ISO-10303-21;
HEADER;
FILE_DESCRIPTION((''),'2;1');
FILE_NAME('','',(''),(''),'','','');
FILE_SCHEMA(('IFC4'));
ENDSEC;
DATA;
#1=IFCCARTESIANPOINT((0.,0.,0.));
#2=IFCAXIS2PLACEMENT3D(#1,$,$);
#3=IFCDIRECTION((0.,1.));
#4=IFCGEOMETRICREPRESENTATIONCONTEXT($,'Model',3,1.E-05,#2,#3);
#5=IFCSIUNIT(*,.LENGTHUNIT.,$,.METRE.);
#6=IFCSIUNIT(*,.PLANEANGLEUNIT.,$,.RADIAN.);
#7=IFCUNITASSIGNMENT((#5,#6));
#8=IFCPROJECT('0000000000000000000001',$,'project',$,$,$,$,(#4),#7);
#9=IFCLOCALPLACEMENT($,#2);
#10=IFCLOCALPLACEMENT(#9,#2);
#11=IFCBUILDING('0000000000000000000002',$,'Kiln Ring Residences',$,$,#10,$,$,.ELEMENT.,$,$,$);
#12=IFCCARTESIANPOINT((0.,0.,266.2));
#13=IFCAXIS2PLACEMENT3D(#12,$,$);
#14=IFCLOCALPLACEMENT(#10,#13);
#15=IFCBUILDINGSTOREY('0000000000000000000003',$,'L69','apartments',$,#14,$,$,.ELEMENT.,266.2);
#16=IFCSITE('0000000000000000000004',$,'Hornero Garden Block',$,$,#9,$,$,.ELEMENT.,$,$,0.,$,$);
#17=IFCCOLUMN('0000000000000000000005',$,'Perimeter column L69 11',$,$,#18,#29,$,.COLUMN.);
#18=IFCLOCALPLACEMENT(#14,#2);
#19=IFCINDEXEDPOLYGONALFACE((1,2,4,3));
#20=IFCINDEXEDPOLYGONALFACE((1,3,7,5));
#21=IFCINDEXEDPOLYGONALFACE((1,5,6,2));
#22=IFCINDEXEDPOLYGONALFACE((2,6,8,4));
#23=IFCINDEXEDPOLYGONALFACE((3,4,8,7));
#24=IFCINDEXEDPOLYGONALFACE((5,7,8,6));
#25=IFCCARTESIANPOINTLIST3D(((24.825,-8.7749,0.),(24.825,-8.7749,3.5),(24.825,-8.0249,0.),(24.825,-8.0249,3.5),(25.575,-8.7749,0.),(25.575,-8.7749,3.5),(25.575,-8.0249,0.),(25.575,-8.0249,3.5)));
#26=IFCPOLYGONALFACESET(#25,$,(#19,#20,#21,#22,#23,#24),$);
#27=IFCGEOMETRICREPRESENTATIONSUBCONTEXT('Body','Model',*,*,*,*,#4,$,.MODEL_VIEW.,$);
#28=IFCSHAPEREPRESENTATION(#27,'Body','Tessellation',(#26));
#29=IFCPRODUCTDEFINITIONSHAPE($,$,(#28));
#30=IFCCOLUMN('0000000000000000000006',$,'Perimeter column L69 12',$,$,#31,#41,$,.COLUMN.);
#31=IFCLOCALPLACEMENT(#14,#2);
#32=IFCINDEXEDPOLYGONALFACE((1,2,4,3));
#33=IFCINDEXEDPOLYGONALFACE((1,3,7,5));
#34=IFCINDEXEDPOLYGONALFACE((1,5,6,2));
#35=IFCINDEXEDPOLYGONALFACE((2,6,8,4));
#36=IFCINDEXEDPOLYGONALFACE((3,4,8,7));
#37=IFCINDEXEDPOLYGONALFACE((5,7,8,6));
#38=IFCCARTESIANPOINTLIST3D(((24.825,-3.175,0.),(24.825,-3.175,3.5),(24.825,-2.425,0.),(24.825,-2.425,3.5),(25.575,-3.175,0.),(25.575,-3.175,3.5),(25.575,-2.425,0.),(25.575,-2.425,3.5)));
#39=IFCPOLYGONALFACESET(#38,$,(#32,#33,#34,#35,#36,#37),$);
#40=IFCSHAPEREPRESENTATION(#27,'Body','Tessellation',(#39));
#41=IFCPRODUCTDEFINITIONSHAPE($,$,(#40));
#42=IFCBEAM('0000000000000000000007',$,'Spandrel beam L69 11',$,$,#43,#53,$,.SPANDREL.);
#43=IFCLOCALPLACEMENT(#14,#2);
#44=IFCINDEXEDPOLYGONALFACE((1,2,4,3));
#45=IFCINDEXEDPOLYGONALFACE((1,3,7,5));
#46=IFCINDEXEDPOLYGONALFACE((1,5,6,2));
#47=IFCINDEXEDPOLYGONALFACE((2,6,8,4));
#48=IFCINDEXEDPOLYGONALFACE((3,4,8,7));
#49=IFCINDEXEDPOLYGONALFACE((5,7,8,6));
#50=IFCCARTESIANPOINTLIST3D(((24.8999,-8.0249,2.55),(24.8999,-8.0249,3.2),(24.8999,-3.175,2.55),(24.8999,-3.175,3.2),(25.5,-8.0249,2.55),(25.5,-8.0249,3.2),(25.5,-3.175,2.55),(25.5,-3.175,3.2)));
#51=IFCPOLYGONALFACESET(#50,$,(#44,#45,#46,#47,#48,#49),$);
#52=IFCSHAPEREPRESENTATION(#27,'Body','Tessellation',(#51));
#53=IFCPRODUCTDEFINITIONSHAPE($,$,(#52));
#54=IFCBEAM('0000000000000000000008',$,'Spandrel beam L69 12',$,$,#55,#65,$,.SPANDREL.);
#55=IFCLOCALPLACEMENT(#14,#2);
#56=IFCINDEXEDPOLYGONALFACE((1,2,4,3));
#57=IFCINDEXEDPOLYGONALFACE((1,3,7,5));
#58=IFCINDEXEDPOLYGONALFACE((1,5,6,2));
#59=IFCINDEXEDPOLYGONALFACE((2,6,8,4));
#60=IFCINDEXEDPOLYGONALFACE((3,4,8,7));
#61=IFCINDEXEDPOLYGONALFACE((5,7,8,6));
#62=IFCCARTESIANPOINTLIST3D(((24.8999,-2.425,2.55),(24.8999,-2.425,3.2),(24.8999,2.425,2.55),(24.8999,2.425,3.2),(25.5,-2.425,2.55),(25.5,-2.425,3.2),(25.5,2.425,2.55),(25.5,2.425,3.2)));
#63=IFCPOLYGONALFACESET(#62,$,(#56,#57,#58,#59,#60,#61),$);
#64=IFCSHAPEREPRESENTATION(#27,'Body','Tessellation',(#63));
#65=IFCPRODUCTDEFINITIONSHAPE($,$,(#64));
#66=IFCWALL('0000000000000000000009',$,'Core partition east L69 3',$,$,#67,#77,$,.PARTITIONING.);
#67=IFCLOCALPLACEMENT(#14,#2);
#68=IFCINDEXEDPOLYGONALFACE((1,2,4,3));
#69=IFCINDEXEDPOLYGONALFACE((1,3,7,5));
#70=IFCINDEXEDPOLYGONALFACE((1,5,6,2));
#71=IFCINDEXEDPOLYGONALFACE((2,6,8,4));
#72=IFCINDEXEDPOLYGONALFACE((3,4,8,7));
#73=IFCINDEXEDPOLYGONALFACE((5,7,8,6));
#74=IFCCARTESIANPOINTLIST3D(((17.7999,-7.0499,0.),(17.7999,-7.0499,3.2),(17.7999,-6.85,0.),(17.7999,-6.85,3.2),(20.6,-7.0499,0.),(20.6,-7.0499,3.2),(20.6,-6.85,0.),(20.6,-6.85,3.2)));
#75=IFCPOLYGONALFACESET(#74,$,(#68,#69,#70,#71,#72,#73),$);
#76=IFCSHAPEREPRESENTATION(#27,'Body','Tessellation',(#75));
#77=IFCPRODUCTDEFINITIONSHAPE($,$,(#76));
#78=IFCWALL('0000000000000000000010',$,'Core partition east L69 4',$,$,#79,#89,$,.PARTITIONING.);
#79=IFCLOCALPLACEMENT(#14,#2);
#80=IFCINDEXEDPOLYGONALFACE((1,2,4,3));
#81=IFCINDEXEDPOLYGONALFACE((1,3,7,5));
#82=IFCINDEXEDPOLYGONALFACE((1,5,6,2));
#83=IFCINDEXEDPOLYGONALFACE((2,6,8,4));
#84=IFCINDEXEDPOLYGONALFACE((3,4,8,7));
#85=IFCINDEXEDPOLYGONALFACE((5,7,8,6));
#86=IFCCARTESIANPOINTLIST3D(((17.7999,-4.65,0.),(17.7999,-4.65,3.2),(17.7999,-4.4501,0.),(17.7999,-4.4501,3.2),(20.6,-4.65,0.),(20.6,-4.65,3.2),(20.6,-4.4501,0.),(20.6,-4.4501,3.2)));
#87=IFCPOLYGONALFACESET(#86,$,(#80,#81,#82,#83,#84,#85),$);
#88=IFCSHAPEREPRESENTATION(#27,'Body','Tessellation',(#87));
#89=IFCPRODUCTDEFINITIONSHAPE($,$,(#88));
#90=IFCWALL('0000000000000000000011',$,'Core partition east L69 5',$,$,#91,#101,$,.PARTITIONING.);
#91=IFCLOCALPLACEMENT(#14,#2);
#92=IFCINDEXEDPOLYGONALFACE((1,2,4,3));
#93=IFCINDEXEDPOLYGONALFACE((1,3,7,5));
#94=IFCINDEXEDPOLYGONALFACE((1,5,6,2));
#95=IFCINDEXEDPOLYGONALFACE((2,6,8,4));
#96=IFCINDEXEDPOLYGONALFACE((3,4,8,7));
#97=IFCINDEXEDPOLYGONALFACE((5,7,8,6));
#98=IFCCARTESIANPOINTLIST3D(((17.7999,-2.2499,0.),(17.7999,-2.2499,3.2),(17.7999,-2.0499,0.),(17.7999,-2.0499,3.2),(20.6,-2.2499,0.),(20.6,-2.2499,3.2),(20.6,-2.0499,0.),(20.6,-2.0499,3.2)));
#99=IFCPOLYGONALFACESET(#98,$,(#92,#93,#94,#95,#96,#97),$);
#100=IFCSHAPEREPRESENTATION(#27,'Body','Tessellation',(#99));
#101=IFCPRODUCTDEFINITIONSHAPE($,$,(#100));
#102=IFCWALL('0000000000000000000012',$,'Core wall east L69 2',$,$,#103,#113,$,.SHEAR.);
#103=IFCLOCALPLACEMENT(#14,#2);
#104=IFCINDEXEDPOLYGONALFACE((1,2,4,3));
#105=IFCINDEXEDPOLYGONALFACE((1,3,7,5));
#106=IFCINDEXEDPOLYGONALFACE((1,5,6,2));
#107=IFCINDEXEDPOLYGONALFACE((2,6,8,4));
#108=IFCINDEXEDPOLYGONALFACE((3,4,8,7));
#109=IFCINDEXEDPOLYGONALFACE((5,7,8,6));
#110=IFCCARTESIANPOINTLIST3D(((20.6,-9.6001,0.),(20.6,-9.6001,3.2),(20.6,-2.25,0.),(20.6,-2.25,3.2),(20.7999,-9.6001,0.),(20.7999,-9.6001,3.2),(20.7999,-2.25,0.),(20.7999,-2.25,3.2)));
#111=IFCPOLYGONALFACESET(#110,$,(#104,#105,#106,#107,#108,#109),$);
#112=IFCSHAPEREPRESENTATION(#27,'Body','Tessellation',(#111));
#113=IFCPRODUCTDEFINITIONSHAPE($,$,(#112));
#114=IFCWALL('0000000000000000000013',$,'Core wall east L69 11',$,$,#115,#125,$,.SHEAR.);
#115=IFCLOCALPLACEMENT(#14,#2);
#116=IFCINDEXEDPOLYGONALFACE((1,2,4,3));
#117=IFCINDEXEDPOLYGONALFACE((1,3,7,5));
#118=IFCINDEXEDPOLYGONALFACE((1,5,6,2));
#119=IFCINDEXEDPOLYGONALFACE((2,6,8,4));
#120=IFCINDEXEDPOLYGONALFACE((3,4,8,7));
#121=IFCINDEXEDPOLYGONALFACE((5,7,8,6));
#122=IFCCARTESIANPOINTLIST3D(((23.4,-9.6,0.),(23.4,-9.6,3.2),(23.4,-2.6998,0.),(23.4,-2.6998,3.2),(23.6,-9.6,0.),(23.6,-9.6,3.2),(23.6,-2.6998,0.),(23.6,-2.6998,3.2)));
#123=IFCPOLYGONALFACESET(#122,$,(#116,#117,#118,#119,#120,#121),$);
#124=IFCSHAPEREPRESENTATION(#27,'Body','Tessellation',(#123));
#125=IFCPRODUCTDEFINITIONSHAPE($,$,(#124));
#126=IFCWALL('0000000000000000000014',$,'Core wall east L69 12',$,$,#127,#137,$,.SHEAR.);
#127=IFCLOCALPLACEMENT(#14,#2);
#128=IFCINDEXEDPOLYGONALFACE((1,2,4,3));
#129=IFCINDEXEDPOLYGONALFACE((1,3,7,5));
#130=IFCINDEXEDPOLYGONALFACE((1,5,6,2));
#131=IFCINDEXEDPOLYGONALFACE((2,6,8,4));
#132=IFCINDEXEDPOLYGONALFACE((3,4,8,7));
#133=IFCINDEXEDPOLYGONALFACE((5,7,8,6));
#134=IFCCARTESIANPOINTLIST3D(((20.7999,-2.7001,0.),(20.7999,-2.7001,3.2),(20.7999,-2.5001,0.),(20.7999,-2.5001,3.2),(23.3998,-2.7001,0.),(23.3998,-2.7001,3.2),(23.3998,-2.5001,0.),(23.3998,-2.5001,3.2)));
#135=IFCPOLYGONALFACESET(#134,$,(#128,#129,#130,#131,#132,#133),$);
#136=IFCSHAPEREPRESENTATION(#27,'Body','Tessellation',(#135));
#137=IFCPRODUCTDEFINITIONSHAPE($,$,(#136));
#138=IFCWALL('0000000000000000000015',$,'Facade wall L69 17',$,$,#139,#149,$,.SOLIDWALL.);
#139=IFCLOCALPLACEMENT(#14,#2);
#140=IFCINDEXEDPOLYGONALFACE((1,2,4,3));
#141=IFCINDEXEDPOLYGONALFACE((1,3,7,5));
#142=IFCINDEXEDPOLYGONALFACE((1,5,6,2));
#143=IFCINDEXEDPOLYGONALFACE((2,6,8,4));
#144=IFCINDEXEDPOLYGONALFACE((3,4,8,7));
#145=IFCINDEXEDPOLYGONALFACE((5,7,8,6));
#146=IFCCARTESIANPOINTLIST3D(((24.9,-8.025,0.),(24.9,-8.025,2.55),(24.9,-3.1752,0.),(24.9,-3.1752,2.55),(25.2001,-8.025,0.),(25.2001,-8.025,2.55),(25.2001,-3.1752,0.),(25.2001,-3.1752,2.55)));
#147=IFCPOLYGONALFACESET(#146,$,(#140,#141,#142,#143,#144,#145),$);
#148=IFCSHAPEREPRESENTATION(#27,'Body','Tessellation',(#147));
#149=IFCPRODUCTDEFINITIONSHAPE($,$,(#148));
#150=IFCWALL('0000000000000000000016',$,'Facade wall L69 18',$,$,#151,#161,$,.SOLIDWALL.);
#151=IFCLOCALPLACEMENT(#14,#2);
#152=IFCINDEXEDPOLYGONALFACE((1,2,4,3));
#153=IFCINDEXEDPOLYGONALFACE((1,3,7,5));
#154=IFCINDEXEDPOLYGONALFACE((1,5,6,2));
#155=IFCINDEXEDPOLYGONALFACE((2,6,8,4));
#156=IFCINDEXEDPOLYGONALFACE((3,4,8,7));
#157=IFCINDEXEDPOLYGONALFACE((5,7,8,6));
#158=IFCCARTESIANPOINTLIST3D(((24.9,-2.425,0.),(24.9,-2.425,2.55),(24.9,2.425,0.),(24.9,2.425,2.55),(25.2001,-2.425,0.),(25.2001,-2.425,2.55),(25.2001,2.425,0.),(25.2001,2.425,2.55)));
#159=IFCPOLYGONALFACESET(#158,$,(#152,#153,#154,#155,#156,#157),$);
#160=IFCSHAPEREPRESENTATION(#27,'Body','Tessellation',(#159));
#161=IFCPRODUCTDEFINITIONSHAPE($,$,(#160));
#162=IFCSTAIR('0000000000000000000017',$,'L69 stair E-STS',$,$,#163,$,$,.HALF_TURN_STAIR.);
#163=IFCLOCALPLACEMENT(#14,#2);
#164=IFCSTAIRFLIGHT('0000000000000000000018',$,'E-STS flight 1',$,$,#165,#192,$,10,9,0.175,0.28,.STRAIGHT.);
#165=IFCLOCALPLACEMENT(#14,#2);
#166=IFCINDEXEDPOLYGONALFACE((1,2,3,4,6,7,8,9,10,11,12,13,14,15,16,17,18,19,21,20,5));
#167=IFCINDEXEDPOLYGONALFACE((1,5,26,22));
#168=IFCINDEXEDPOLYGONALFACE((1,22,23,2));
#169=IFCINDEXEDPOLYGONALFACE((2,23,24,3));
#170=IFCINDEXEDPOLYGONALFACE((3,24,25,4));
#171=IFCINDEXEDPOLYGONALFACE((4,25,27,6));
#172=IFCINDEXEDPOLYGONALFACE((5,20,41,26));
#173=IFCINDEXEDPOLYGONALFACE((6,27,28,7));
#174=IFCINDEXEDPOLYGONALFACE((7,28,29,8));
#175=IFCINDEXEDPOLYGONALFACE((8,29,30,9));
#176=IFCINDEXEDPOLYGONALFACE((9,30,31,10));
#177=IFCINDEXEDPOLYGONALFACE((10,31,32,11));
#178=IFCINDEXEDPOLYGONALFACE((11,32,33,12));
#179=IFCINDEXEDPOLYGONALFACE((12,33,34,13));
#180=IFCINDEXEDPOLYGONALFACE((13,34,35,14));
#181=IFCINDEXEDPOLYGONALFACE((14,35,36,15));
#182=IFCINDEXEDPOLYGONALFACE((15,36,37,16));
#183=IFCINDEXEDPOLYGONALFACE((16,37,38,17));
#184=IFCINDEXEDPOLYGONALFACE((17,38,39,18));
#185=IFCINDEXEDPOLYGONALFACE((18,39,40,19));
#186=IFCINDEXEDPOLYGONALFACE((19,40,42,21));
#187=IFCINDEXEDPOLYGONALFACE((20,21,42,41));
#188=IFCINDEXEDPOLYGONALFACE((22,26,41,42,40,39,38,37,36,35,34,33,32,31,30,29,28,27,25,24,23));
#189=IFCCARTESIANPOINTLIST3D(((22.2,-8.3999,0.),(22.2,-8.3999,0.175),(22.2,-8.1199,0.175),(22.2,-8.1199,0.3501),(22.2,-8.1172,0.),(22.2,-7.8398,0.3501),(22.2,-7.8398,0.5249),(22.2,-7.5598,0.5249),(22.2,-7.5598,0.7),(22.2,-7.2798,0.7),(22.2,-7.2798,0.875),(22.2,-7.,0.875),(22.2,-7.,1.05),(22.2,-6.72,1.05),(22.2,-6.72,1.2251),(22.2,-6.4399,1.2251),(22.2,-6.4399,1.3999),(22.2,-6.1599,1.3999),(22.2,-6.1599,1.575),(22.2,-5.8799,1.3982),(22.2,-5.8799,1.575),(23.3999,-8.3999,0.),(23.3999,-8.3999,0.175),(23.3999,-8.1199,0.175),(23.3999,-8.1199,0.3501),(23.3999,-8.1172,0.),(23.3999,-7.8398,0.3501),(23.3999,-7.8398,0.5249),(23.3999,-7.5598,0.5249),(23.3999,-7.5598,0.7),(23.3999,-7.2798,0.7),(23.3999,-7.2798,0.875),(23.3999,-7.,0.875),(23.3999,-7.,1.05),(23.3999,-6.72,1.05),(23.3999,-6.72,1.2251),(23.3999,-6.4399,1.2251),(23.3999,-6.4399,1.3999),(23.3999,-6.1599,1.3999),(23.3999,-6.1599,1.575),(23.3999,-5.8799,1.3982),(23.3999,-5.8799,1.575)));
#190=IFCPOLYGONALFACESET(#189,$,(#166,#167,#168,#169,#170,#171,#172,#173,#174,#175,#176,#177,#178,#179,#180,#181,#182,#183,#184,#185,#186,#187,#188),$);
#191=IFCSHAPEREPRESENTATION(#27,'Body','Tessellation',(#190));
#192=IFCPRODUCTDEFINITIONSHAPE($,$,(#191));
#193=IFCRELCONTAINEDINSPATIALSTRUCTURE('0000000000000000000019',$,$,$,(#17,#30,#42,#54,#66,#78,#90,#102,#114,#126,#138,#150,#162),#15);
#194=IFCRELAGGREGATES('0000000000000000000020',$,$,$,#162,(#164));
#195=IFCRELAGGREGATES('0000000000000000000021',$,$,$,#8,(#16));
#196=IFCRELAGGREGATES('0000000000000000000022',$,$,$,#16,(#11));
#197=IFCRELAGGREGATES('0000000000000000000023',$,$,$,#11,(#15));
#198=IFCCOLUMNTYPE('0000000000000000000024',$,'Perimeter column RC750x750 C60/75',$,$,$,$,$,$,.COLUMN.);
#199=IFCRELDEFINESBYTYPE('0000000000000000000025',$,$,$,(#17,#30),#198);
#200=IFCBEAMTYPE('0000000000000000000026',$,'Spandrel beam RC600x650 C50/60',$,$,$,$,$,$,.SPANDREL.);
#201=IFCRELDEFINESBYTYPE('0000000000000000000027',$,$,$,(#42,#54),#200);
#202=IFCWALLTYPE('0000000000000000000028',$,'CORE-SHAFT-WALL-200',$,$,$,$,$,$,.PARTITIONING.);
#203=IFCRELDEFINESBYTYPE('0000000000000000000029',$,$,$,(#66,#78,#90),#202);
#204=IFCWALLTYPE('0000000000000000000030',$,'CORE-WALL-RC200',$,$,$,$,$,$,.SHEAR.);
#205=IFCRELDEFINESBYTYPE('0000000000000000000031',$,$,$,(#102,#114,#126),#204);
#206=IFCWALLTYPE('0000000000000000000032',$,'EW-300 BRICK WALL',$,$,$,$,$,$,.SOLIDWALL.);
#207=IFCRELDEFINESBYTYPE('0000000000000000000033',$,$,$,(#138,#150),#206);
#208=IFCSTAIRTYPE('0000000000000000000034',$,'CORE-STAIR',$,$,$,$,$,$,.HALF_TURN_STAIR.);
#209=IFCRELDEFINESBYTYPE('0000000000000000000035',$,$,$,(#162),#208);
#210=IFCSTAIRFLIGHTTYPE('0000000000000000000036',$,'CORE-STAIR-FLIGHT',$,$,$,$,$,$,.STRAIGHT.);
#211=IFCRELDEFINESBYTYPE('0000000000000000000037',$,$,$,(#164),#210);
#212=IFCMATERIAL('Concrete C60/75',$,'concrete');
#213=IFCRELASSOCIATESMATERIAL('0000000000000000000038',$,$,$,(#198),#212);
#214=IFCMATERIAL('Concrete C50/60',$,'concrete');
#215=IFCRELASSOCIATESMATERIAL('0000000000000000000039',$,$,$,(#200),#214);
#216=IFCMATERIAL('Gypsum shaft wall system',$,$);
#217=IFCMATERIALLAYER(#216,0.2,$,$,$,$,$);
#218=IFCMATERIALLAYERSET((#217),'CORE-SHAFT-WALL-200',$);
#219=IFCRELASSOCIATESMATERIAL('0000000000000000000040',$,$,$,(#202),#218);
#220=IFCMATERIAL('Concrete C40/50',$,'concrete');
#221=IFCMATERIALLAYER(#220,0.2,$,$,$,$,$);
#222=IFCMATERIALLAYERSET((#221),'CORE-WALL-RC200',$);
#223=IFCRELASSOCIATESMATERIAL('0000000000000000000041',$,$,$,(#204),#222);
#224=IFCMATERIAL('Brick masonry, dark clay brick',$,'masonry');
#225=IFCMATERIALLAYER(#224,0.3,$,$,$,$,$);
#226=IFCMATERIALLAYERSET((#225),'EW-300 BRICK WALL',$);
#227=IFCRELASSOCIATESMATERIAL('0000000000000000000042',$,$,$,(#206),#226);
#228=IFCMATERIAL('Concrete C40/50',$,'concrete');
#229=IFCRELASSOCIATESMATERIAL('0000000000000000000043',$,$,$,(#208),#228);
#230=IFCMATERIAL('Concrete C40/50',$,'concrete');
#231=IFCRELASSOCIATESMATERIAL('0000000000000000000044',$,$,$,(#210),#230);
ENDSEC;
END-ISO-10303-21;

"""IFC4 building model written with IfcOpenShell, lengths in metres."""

from ifc_helpers import new_model, si_unit, direction, frame, frame_2d, origin, origin_2d, place, context, subcontext, project, spatial, polyline, rectangle, outline, extrude, material, layer, layer_set, material_profile, profile_set, type_object, element, aggregate, save


model = new_model("IFC4")

# Units and contexts
model_context = context("Model", 3, precision=1e-05, world=origin(), true_north=direction((0.0, 1.0)))
body_context = subcontext(model_context, "Body", "Model", "MODEL_VIEW")
ifc_project = project(units=[si_unit("LENGTHUNIT", "METRE"), si_unit("PLANEANGLEUNIT", "RADIAN")], contexts=[model_context])

# Site, building, storey
site_placement = place(None, origin())
site = spatial("IfcSite", under=ifc_project, at=site_placement, Name="Hornero Garden Block", CompositionType="ELEMENT", RefElevation=0.0)
building_placement = place(site_placement, origin())
building = spatial("IfcBuilding", under=site, at=building_placement, Name="Kiln Ring Residences", CompositionType="ELEMENT")
storey_placement = place(building_placement, frame((0.0, 0.0, 266.2)))
storey = spatial("IfcBuildingStorey", under=building, at=storey_placement, Name="L69", Description="apartments", CompositionType="ELEMENT", Elevation=266.2)

# Columns
ifc_material_1 = material(Name="Concrete C60/75", Category="concrete")
ifc_material_profile_1 = material_profile(ifc_material_1, rectangle(XDim=0.75, YDim=0.75, at=origin_2d()), Name="RC750x750")
ifc_profile_set_1 = profile_set([ifc_material_profile_1], Name="Concrete C60/75")
column_type = type_object("IfcColumnType", Name="Perimeter column RC750x750 C60/75", PredefinedType="COLUMN", material=ifc_profile_set_1)
for number, where, z_axis, x_axis, name in (
    (1, (25.2, -8.3999, 0.0), (0.0, 0.0, 1.0), (1.0, 0.0, 0.0), "Perimeter column L69 11"),
    (2, (25.2, -2.8, 0.0), (0.0, 0.0, 1.0), (1.0, 0.0, 0.0), "Perimeter column L69 12"),
):
    element("IfcColumn", number, at=place(storey_placement, frame(where, z_axis=z_axis, x_axis=x_axis)), inside=storey, type_object=column_type, Name=name, PredefinedType="COLUMN", context=body_context, shape_type="SweptSolid", body=[
        extrude(rectangle(XDim=0.75, YDim=0.75, at=origin_2d()), origin(), (0.0, 0.0, 1.0), 3.5),
    ])

# Beams
ifc_material_2 = material(Name="Concrete C50/60", Category="concrete")
ifc_material_profile_2 = material_profile(ifc_material_2, rectangle(XDim=0.6001, YDim=0.6499, at=origin_2d()), Name="RC600x650")
ifc_profile_set_2 = profile_set([ifc_material_profile_2], Name="Concrete C50/60")
beam_type = type_object("IfcBeamType", Name="Spandrel beam RC600x650 C50/60", PredefinedType="SPANDREL", material=ifc_profile_set_2)
beam_1_placement = place(storey_placement, frame((25.2, -8.0249, 2.875), z_axis=(0.0, 1.0, 0.0), x_axis=(-1.0, 0.0, 0.0)))
element("IfcBeam", 3, at=beam_1_placement, inside=storey, type_object=beam_type, Name="Spandrel beam L69 11", PredefinedType="SPANDREL", context=body_context, shape_type="SweptSolid", body=[
    extrude(rectangle(XDim=0.6001, YDim=0.6499, at=origin_2d()), origin(), (0.0, 0.0, 1.0), 4.8499),
])
beam_2_placement = place(storey_placement, frame((25.2, -2.425, 2.875), z_axis=(0.0, 1.0, 0.0), x_axis=(-1.0, 0.0, 0.0)))
element("IfcBeam", 4, at=beam_2_placement, inside=storey, type_object=beam_type, Name="Spandrel beam L69 12", PredefinedType="SPANDREL", context=body_context, shape_type="SweptSolid", body=[
    extrude(rectangle(XDim=0.6001, YDim=0.6499, at=origin_2d()), origin(), (0.0, 0.0, 1.0), 4.8501),
])

# Walls
ifc_material_3 = material(Name="Gypsum shaft wall system")
ifc_layer_1 = layer(ifc_material_3, 0.2)
ifc_layer_set_1 = layer_set([ifc_layer_1], Name="CORE-SHAFT-WALL-200")
wall_type_1 = type_object("IfcWallType", Name="CORE-SHAFT-WALL-200", PredefinedType="PARTITIONING", material=ifc_layer_set_1)
for number, where, z_axis, x_axis, name in (
    (5, (17.8, -6.95, 0.0), (0.0, 0.0, 1.0), (1.0, 0.0, 0.0), "Core partition east L69 3"),
    (6, (17.8, -4.55, 0.0), (0.0, 0.0, 1.0), (1.0, 0.0, 0.0), "Core partition east L69 4"),
    (7, (17.8, -2.1499, 0.0), (0.0, 0.0, 1.0), (1.0, 0.0, 0.0), "Core partition east L69 5"),
):
    element("IfcWall", number, at=place(storey_placement, frame(where, z_axis=z_axis, x_axis=x_axis)), inside=storey, type_object=wall_type_1, Name=name, PredefinedType="PARTITIONING", context=body_context, shape_type="SweptSolid", body=[
        extrude(rectangle(XDim=2.8, YDim=0.2, at=frame_2d((1.3999, 0.0))), origin(), (0.0, 0.0, 1.0), 3.2),
    ])
ifc_material_4 = material(Name="Concrete C40/50", Category="concrete")
ifc_layer_2 = layer(ifc_material_4, 0.2)
ifc_layer_set_2 = layer_set([ifc_layer_2], Name="CORE-WALL-RC200")
wall_type_2 = type_object("IfcWallType", Name="CORE-WALL-RC200", PredefinedType="SHEAR", material=ifc_layer_set_2)
wall_1_placement = place(storey_placement, frame((20.7, -9.6001, 0.0), z_axis=(0.0, 0.0, 1.0), x_axis=(0.0, 1.0, 0.0)))
element("IfcWall", 8, at=wall_1_placement, inside=storey, type_object=wall_type_2, Name="Core wall east L69 2", PredefinedType="SHEAR", context=body_context, shape_type="SweptSolid", body=[
    extrude(rectangle(XDim=7.3501, YDim=0.2, at=frame_2d((3.675, 0.0))), origin(), (0.0, 0.0, 1.0), 3.2),
])
wall_2_placement = place(storey_placement, frame((23.5, -9.6001, 0.0), z_axis=(0.0, 0.0, 1.0), x_axis=(0.0, 1.0, 0.0)))
element("IfcWall", 9, at=wall_2_placement, inside=storey, type_object=wall_type_2, Name="Core wall east L69 11", PredefinedType="SHEAR", context=body_context, shape_type="SweptSolid", body=[
    extrude(rectangle(XDim=6.9001, YDim=0.2, at=frame_2d((3.4502, 0.0))), origin(), (0.0, 0.0, 1.0), 3.2),
])
wall_3_placement = place(storey_placement, frame((20.8, -2.6001, 0.0), z_axis=(0.0, 0.0, 1.0), x_axis=(1.0, 0.0, 0.0)))
element("IfcWall", 10, at=wall_3_placement, inside=storey, type_object=wall_type_2, Name="Core wall east L69 12", PredefinedType="SHEAR", context=body_context, shape_type="SweptSolid", body=[
    extrude(rectangle(XDim=2.5999, YDim=0.2, at=frame_2d((1.2998, 0.0))), origin(), (0.0, 0.0, 1.0), 3.2),
])
ifc_material_5 = material(Name="Brick masonry, dark clay brick", Category="masonry")
ifc_layer_3 = layer(ifc_material_5, 0.3)
ifc_layer_set_3 = layer_set([ifc_layer_3], Name="EW-300 BRICK WALL")
wall_type_3 = type_object("IfcWallType", Name="EW-300 BRICK WALL", PredefinedType="SOLIDWALL", material=ifc_layer_set_3)
wall_4_placement = place(storey_placement, frame((25.05, -8.0249, 0.0), z_axis=(0.0, 0.0, 1.0), x_axis=(0.0, 1.0, 0.0)))
element("IfcWall", 11, at=wall_4_placement, inside=storey, type_object=wall_type_3, Name="Facade wall L69 17", PredefinedType="SOLIDWALL", context=body_context, shape_type="SweptSolid", body=[
    extrude(rectangle(XDim=4.8499, YDim=0.3, at=frame_2d((2.4248, 0.0))), origin(), (0.0, 0.0, 1.0), 2.55),
])
wall_5_placement = place(storey_placement, frame((25.05, -2.425, 0.0), z_axis=(0.0, 0.0, 1.0), x_axis=(0.0, 1.0, 0.0)))
element("IfcWall", 12, at=wall_5_placement, inside=storey, type_object=wall_type_3, Name="Facade wall L69 18", PredefinedType="SOLIDWALL", context=body_context, shape_type="SweptSolid", body=[
    extrude(rectangle(XDim=4.8501, YDim=0.3, at=frame_2d((2.425, 0.0))), origin(), (0.0, 0.0, 1.0), 2.55),
])

# Stair, stair flight
ifc_material_6 = material(Name="Concrete C40/50", Category="concrete")
stair_type = type_object("IfcStairType", Name="CORE-STAIR", PredefinedType="HALF_TURN_STAIR", material=ifc_material_6)
stair_placement = place(storey_placement, origin())
stair = element("IfcStair", 13, at=stair_placement, inside=storey, type_object=stair_type, Name="L69 stair E-STS", PredefinedType="HALF_TURN_STAIR")
ifc_material_7 = material(Name="Concrete C40/50", Category="concrete")
stair_flight_type = type_object("IfcStairFlightType", Name="CORE-STAIR-FLIGHT", PredefinedType="STRAIGHT", material=ifc_material_7)
stair_flight_1_placement = place(storey_placement, frame((22.8, -8.3999, 0.0), z_axis=(0.0, 0.0, 1.0), x_axis=(0.0, 1.0, 0.0)))
stair_flight_1 = element("IfcStairFlight", 14, at=stair_flight_1_placement, type_object=stair_flight_type, Name="E-STS flight 1", NumberOfRisers=10, NumberOfTreads=9, PredefinedType="STRAIGHT", RiserHeight=0.175, TreadLength=0.28, context=body_context, shape_type="SweptSolid", body=[
    extrude(outline(polyline([(0.0, 0.0), (0.0, 0.175), (0.28, 0.175), (0.28, 0.3501), (0.5601, 0.3501), (0.5601, 0.5249), (0.8401, 0.5249), (0.8401, 0.7), (1.1201, 0.7), (1.1201, 0.875), (1.3999, 0.875), (1.3999, 1.05), (1.6799, 1.05), (1.6799, 1.2251), (1.96, 1.2251), (1.96, 1.3999), (2.24, 1.3999), (2.24, 1.575), (2.52, 1.575), (2.52, 1.75), (2.52, 1.3982), (0.2827, 0.0), (0.0, 0.0)])), frame((0.0, 0.6001, 0.0), z_axis=(0.0, -1.0, 0.0), x_axis=(1.0, 0.0, 0.0)), (0.0, 0.0, 1.0), 1.2),
])
aggregate(stair, [stair_flight_1])

save(model, "model.ifc")
